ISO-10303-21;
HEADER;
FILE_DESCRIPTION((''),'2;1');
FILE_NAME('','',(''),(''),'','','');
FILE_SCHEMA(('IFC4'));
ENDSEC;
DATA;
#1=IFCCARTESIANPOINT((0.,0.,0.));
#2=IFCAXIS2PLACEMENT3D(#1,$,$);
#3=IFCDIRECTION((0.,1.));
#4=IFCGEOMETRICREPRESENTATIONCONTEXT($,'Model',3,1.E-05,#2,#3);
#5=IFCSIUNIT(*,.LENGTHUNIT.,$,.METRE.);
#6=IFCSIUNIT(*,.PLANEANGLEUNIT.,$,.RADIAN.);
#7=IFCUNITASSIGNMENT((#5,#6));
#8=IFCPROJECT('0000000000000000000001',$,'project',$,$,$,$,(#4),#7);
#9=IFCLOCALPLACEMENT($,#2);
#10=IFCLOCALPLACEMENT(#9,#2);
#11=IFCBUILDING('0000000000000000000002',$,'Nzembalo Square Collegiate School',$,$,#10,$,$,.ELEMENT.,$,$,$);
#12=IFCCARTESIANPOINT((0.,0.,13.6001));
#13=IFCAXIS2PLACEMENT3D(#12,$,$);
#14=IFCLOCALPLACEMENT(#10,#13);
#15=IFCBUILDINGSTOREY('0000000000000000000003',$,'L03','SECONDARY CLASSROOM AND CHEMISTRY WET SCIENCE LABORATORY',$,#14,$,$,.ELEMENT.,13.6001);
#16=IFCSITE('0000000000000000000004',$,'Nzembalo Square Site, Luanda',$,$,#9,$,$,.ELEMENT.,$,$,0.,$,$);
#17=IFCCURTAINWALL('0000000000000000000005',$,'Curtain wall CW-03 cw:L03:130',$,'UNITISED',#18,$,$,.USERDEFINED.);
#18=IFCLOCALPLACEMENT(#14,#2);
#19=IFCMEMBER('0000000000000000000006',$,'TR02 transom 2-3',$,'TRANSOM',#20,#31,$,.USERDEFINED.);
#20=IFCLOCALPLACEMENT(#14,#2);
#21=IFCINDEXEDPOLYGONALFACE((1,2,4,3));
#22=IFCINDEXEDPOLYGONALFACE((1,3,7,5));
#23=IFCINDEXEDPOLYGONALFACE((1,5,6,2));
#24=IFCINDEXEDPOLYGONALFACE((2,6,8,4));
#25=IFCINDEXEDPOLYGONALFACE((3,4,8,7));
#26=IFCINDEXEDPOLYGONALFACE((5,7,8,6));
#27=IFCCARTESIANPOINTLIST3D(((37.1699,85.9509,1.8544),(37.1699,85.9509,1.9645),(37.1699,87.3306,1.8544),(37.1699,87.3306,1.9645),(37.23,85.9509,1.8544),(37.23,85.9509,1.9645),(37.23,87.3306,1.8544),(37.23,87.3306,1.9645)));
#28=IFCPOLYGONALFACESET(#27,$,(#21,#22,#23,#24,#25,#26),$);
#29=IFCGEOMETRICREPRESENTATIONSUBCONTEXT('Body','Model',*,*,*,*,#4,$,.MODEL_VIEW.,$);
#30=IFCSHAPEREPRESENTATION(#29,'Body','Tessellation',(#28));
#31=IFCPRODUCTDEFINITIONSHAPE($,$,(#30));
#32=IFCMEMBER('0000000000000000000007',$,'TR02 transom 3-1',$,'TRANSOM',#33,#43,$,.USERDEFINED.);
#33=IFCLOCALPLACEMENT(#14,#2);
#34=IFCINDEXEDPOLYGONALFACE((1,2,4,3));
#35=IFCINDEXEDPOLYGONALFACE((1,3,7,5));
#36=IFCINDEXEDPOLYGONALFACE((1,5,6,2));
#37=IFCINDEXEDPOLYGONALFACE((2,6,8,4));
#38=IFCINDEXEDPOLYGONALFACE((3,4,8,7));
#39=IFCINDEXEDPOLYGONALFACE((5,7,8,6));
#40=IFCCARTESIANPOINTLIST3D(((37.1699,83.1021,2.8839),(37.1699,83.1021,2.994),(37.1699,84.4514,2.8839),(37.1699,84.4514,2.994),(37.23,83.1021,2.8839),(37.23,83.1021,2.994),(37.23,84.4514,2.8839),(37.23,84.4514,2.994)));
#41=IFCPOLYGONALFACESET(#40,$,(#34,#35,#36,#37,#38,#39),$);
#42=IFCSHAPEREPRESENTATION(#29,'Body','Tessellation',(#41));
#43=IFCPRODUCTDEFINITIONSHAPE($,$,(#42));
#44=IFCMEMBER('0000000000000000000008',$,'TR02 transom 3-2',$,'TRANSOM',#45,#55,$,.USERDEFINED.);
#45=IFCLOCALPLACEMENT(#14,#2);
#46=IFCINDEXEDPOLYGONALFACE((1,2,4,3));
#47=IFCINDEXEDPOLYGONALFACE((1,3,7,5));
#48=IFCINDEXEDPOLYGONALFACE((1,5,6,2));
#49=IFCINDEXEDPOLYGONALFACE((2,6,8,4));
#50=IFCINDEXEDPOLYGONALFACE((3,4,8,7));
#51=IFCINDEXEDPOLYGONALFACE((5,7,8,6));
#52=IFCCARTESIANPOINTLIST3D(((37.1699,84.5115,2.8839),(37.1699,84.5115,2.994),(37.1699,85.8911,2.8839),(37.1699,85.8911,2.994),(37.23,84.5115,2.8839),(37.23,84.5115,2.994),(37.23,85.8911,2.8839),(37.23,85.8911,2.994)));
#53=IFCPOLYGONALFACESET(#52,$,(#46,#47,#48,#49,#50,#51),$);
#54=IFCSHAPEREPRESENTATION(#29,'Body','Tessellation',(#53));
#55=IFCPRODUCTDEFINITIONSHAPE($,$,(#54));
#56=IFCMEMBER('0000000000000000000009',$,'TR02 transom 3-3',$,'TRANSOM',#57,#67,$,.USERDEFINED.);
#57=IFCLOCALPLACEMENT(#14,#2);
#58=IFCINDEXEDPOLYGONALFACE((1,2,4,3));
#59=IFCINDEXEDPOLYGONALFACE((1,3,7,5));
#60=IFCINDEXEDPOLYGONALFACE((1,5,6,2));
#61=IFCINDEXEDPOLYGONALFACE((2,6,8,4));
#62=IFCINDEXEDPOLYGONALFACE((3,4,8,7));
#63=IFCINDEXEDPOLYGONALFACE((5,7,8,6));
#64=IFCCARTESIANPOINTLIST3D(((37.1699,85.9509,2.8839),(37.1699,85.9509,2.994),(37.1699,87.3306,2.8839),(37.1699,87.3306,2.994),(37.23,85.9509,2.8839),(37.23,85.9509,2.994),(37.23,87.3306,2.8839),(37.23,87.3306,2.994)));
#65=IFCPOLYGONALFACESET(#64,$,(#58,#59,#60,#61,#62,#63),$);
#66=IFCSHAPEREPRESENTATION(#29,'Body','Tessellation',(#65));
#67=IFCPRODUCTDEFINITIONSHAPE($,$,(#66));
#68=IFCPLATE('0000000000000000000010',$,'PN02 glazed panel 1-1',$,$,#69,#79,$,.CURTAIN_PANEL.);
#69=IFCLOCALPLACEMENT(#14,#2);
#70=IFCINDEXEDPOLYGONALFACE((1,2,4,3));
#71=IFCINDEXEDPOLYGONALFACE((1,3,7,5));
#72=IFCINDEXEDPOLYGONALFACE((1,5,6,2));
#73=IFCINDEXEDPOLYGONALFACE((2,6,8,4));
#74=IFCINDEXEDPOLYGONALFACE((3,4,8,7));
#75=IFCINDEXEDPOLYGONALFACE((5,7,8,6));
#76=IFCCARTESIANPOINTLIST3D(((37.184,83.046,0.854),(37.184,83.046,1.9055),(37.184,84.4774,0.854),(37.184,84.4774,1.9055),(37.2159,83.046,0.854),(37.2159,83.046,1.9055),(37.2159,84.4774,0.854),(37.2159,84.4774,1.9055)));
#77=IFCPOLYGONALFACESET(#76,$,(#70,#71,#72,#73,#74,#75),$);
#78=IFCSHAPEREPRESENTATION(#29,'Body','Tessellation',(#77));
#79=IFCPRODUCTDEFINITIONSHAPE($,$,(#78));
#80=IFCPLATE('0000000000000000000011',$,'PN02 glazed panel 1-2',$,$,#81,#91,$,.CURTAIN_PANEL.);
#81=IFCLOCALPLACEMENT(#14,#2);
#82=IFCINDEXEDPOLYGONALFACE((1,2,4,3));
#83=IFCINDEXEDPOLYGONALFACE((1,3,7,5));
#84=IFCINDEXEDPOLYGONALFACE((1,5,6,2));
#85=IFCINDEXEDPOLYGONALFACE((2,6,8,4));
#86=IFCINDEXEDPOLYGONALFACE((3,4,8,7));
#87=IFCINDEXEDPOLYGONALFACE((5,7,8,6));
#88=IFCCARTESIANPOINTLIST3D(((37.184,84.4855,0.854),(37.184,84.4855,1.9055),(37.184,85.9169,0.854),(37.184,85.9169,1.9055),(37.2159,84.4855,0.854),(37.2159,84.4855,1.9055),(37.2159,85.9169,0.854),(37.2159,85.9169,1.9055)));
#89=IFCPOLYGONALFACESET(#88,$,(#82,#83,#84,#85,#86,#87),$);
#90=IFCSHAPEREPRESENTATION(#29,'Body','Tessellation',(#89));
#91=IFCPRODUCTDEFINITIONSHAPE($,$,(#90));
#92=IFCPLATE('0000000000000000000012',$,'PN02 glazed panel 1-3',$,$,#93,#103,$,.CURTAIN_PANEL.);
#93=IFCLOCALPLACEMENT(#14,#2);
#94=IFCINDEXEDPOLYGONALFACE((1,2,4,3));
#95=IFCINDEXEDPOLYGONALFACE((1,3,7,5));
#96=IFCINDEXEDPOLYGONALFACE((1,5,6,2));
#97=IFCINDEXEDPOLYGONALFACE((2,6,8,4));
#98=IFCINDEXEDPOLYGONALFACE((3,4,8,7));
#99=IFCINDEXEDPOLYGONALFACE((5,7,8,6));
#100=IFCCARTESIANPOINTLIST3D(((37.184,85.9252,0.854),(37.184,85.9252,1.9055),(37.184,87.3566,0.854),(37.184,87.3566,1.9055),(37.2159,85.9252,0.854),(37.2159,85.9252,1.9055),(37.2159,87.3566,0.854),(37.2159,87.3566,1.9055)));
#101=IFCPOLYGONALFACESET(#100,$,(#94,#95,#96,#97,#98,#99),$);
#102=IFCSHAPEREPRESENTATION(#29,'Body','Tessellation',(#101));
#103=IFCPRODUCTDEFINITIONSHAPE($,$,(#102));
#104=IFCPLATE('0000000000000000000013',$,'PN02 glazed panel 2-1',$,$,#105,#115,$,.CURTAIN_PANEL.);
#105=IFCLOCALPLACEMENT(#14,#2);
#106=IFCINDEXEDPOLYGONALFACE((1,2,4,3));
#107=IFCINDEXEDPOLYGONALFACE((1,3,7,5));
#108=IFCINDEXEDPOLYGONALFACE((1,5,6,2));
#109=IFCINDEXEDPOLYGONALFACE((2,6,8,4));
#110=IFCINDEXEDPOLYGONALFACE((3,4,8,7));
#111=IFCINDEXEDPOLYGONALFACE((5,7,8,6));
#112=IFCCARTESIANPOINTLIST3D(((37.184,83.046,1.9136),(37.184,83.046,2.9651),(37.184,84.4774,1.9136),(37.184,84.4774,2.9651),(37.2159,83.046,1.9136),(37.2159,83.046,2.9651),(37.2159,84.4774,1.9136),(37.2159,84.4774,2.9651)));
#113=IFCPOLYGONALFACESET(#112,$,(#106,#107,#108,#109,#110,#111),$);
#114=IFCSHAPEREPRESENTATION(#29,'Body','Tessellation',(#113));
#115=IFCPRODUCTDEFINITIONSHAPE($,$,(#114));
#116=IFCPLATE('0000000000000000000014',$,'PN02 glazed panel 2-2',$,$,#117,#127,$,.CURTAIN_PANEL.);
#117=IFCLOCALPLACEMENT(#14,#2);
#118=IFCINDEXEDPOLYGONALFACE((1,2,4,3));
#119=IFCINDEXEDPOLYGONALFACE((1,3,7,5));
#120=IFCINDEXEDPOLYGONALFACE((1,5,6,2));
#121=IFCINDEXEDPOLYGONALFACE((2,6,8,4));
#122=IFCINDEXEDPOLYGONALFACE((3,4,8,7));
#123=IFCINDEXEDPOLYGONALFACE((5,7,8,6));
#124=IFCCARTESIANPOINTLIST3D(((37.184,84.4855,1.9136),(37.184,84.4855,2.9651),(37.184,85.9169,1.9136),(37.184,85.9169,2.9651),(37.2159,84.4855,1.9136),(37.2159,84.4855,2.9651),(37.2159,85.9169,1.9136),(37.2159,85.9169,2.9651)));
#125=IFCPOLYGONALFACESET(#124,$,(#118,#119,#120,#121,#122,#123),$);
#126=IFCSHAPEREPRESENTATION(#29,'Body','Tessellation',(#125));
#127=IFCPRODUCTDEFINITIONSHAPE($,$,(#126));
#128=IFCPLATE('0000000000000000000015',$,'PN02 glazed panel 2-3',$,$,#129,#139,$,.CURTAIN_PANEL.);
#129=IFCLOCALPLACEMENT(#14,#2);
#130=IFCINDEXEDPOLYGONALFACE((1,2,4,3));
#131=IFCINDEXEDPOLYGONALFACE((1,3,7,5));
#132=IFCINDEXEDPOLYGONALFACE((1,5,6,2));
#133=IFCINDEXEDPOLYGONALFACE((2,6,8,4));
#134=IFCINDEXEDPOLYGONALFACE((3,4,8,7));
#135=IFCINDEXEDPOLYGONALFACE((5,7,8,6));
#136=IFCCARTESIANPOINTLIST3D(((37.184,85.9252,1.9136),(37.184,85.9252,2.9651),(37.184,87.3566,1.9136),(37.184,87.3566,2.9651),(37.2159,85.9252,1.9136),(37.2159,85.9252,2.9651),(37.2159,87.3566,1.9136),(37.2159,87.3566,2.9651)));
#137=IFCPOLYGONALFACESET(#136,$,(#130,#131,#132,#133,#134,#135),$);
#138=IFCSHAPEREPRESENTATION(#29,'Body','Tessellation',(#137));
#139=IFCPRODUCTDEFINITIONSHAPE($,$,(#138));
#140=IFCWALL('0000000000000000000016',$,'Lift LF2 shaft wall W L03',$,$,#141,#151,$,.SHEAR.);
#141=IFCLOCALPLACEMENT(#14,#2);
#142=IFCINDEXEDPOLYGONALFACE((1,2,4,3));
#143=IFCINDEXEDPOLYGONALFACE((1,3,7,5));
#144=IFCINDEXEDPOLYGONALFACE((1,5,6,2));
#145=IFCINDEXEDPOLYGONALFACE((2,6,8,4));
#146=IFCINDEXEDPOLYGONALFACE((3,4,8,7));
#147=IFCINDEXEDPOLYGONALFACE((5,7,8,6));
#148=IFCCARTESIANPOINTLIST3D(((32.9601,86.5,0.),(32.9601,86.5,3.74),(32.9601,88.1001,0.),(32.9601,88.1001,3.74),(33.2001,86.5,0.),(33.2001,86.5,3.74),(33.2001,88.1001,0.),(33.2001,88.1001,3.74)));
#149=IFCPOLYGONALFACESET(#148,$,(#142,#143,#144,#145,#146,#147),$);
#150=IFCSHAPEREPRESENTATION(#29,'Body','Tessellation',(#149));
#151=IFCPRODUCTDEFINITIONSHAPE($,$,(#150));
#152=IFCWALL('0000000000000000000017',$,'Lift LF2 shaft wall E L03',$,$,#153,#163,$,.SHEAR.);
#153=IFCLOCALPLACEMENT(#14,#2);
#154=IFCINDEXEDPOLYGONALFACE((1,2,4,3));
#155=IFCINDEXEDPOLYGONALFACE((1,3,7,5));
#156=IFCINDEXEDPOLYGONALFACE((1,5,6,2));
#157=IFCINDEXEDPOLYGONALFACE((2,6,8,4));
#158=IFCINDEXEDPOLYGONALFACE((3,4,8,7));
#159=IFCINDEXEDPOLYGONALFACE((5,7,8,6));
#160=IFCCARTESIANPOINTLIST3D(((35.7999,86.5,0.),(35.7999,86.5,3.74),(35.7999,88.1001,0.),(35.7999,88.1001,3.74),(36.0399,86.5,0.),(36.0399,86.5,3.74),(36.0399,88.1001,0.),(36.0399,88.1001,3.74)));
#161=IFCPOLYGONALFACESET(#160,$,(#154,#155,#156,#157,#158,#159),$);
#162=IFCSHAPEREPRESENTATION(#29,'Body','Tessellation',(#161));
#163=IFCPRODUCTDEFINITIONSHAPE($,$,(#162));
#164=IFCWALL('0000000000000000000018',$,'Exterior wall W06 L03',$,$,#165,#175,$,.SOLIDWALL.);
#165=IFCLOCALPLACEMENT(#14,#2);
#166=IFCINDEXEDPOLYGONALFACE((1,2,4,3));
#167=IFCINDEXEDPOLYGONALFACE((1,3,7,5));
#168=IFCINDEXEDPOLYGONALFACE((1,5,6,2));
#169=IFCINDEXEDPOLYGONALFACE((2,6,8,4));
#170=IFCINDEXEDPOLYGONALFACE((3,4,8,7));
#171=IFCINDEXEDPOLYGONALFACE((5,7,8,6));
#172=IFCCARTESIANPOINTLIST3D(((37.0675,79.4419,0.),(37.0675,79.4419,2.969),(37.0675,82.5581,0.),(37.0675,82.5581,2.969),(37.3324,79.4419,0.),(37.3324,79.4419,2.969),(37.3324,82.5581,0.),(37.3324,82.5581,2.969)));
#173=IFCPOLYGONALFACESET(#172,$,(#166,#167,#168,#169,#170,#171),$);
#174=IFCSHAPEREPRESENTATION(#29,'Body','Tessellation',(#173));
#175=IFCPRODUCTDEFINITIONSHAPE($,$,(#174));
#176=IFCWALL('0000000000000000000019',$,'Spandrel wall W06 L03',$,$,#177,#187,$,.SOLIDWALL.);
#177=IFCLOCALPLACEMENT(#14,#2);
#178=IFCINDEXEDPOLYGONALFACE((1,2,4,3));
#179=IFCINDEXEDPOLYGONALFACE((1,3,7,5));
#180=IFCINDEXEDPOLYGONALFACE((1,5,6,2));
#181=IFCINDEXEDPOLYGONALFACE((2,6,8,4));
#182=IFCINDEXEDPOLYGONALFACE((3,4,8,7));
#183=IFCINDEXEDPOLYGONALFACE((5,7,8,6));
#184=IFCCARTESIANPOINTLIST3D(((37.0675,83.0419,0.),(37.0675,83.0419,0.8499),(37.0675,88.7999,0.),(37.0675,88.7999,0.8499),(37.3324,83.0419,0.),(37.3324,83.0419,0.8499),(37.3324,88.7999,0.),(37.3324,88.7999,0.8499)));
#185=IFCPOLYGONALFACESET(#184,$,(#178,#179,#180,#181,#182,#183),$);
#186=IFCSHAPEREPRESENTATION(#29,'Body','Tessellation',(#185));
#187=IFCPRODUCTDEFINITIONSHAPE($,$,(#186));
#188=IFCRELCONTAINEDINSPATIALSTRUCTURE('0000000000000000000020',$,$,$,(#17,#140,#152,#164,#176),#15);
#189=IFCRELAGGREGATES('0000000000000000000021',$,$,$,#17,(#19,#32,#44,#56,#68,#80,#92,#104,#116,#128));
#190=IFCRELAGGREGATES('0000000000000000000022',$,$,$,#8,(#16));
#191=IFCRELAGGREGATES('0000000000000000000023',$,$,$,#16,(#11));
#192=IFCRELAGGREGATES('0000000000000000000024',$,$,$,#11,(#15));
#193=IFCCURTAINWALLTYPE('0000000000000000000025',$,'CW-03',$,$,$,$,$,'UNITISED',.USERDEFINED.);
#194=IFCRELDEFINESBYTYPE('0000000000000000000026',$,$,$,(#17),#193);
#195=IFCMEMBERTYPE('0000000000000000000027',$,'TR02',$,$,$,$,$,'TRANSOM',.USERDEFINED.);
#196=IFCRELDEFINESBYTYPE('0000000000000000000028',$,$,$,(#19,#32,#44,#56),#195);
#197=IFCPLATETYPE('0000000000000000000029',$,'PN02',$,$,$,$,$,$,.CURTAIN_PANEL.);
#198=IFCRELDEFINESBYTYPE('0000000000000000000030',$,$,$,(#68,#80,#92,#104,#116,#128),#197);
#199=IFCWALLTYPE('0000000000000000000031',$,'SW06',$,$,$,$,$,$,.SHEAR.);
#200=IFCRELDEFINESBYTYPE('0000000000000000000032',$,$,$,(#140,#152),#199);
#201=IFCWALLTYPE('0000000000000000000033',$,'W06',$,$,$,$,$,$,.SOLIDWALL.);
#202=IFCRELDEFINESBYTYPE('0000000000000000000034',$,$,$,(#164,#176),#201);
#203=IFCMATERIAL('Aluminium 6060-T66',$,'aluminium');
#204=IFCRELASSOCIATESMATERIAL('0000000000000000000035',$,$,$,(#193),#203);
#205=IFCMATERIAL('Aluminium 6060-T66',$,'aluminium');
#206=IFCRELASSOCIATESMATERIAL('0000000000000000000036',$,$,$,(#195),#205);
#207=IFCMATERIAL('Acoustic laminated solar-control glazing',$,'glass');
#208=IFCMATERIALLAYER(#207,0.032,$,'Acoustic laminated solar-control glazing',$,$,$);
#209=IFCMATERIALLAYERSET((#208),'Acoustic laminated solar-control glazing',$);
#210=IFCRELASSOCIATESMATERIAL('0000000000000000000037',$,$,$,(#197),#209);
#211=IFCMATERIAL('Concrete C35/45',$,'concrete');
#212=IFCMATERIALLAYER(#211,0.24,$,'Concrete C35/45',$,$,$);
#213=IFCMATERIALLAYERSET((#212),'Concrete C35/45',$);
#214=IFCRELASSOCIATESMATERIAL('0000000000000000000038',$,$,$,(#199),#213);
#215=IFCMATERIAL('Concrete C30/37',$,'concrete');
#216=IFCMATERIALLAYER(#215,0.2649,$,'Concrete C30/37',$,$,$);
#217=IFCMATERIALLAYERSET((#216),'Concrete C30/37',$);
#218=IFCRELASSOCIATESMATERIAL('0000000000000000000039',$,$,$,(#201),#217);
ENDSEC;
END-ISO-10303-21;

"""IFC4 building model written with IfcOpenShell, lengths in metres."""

from ifc_helpers import new_model, si_unit, direction, frame, frame_2d, origin, origin_2d, place, context, subcontext, project, spatial, rectangle, extrude, material, layer, layer_set, material_profile, profile_set, type_object, element, aggregate, save


model = new_model("IFC4")

# Units and contexts
model_context = context("Model", 3, precision=1e-05, world=origin(), true_north=direction((0.0, 1.0)))
body_context = subcontext(model_context, "Body", "Model", "MODEL_VIEW")
ifc_project = project(units=[si_unit("LENGTHUNIT", "METRE"), si_unit("PLANEANGLEUNIT", "RADIAN")], contexts=[model_context])

# Site, building, storey
site_placement = place(None, origin())
site = spatial("IfcSite", under=ifc_project, at=site_placement, Name="Nzembalo Square Site, Luanda", CompositionType="ELEMENT", RefElevation=0.0)
building_placement = place(site_placement, origin())
building = spatial("IfcBuilding", under=site, at=building_placement, Name="Nzembalo Square Collegiate School", CompositionType="ELEMENT")
storey_placement = place(building_placement, frame((0.0, 0.0, 13.6001)))
storey = spatial("IfcBuildingStorey", under=building, at=storey_placement, Name="L03", Description="SECONDARY CLASSROOM AND CHEMISTRY WET SCIENCE LABORATORY", CompositionType="ELEMENT", Elevation=13.6001)

# Curtain wall, members, plates
ifc_material_1 = material(Name="Aluminium 6060-T66", Category="aluminium")
curtain_wall_type = type_object("IfcCurtainWallType", Name="CW-03", ElementType="UNITISED", PredefinedType="USERDEFINED", material=ifc_material_1)
curtain_wall_placement = place(storey_placement, origin())
curtain_wall = element("IfcCurtainWall", 1, at=curtain_wall_placement, inside=storey, type_object=curtain_wall_type, Name="Curtain wall CW-03 cw:L03:130", ObjectType="UNITISED", PredefinedType="USERDEFINED")
ifc_material_2 = material(Name="Aluminium 6060-T66", Category="aluminium")
ifc_material_profile_1 = material_profile(ifc_material_2, rectangle(XDim=0.0601, YDim=0.1101, at=origin_2d()), Name="ALU T60x110")
ifc_profile_set_1 = profile_set([ifc_material_profile_1], Name="Aluminium 6060-T66")
member_type_1 = type_object("IfcMemberType", Name="TR02", ElementType="TRANSOM", PredefinedType="USERDEFINED", material=ifc_profile_set_1)
member_1_placement = place(storey_placement, frame((37.2, 85.9509, 1.9094), z_axis=(0.0, 1.0, 0.0), x_axis=(-1.0, 0.0, 0.0)))
member_1 = element("IfcMember", 2, at=member_1_placement, type_object=member_type_1, Name="TR02 transom 2-3", ObjectType="TRANSOM", PredefinedType="USERDEFINED", context=body_context, shape_type="SweptSolid", body=[
    extrude(rectangle(XDim=0.0601, YDim=0.1101, at=origin_2d()), origin(), (0.0, 0.0, 1.0), 1.3796),
])
member_2_placement = place(storey_placement, frame((37.2, 83.1021, 2.939), z_axis=(0.0, 1.0, 0.0), x_axis=(-1.0, 0.0, 0.0)))
member_2 = element("IfcMember", 3, at=member_2_placement, type_object=member_type_1, Name="TR02 transom 3-1", ObjectType="TRANSOM", PredefinedType="USERDEFINED", context=body_context, shape_type="SweptSolid", body=[
    extrude(rectangle(XDim=0.0601, YDim=0.1101, at=origin_2d()), origin(), (0.0, 0.0, 1.0), 1.3494),
])
member_3_placement = place(storey_placement, frame((37.2, 84.5115, 2.939), z_axis=(0.0, 1.0, 0.0), x_axis=(-1.0, 0.0, 0.0)))
member_3 = element("IfcMember", 4, at=member_3_placement, type_object=member_type_1, Name="TR02 transom 3-2", ObjectType="TRANSOM", PredefinedType="USERDEFINED", context=body_context, shape_type="SweptSolid", body=[
    extrude(rectangle(XDim=0.0601, YDim=0.1101, at=origin_2d()), origin(), (0.0, 0.0, 1.0), 1.3796),
])
member_4_placement = place(storey_placement, frame((37.2, 85.9509, 2.939), z_axis=(0.0, 1.0, 0.0), x_axis=(-1.0, 0.0, 0.0)))
member_4 = element("IfcMember", 5, at=member_4_placement, type_object=member_type_1, Name="TR02 transom 3-3", ObjectType="TRANSOM", PredefinedType="USERDEFINED", context=body_context, shape_type="SweptSolid", body=[
    extrude(rectangle(XDim=0.0601, YDim=0.1101, at=origin_2d()), origin(), (0.0, 0.0, 1.0), 1.3796),
])
ifc_material_3 = material(Name="Acoustic laminated solar-control glazing", Category="glass")
ifc_layer_1 = layer(ifc_material_3, 0.032, Name="Acoustic laminated solar-control glazing")
ifc_layer_set_1 = layer_set([ifc_layer_1], Name="Acoustic laminated solar-control glazing")
plate_type = type_object("IfcPlateType", Name="PN02", PredefinedType="CURTAIN_PANEL", material=ifc_layer_set_1)
plate_1_placement = place(storey_placement, frame((37.2, 83.7617, 0.854), z_axis=(0.0, 0.0, 1.0), x_axis=(0.0, 1.0, 0.0)))
plate_1 = element("IfcPlate", 6, at=plate_1_placement, type_object=plate_type, Name="PN02 glazed panel 1-1", PredefinedType="CURTAIN_PANEL", context=body_context, shape_type="SweptSolid", body=[
    extrude(rectangle(XDim=1.4314, YDim=0.032, at=origin_2d()), origin(), (0.0, 0.0, 1.0), 1.0515),
])
plate_2_placement = place(storey_placement, frame((37.2, 85.2012, 0.854), z_axis=(0.0, 0.0, 1.0), x_axis=(0.0, 1.0, 0.0)))
plate_2 = element("IfcPlate", 7, at=plate_2_placement, type_object=plate_type, Name="PN02 glazed panel 1-2", PredefinedType="CURTAIN_PANEL", context=body_context, shape_type="SweptSolid", body=[
    extrude(rectangle(XDim=1.4314, YDim=0.032, at=origin_2d()), origin(), (0.0, 0.0, 1.0), 1.0515),
])
plate_3_placement = place(storey_placement, frame((37.2, 86.6409, 0.854), z_axis=(0.0, 0.0, 1.0), x_axis=(0.0, 1.0, 0.0)))
plate_3 = element("IfcPlate", 8, at=plate_3_placement, type_object=plate_type, Name="PN02 glazed panel 1-3", PredefinedType="CURTAIN_PANEL", context=body_context, shape_type="SweptSolid", body=[
    extrude(rectangle(XDim=1.4314, YDim=0.032, at=origin_2d()), origin(), (0.0, 0.0, 1.0), 1.0515),
])
plate_4_placement = place(storey_placement, frame((37.2, 83.7617, 1.9136), z_axis=(0.0, 0.0, 1.0), x_axis=(0.0, 1.0, 0.0)))
plate_4 = element("IfcPlate", 9, at=plate_4_placement, type_object=plate_type, Name="PN02 glazed panel 2-1", PredefinedType="CURTAIN_PANEL", context=body_context, shape_type="SweptSolid", body=[
    extrude(rectangle(XDim=1.4314, YDim=0.032, at=origin_2d()), origin(), (0.0, 0.0, 1.0), 1.0515),
])
plate_5_placement = place(storey_placement, frame((37.2, 85.2012, 1.9136), z_axis=(0.0, 0.0, 1.0), x_axis=(0.0, 1.0, 0.0)))
plate_5 = element("IfcPlate", 10, at=plate_5_placement, type_object=plate_type, Name="PN02 glazed panel 2-2", PredefinedType="CURTAIN_PANEL", context=body_context, shape_type="SweptSolid", body=[
    extrude(rectangle(XDim=1.4314, YDim=0.032, at=origin_2d()), origin(), (0.0, 0.0, 1.0), 1.0515),
])
plate_6_placement = place(storey_placement, frame((37.2, 86.6409, 1.9136), z_axis=(0.0, 0.0, 1.0), x_axis=(0.0, 1.0, 0.0)))
plate_6 = element("IfcPlate", 11, at=plate_6_placement, type_object=plate_type, Name="PN02 glazed panel 2-3", PredefinedType="CURTAIN_PANEL", context=body_context, shape_type="SweptSolid", body=[
    extrude(rectangle(XDim=1.4314, YDim=0.032, at=origin_2d()), origin(), (0.0, 0.0, 1.0), 1.0515),
])
aggregate(curtain_wall, [member_1, member_2, member_3, member_4, plate_1, plate_2, plate_3, plate_4, plate_5, plate_6])

# Walls
ifc_material_4 = material(Name="Concrete C35/45", Category="concrete")
ifc_layer_2 = layer(ifc_material_4, 0.24, Name="Concrete C35/45")
ifc_layer_set_2 = layer_set([ifc_layer_2], Name="Concrete C35/45")
wall_type_1 = type_object("IfcWallType", Name="SW06", PredefinedType="SHEAR", material=ifc_layer_set_2)
for number, where, z_axis, x_axis, name in (
    (12, (33.0801, 86.5, 0.0), (0.0, 0.0, 1.0), (0.0, 1.0, 0.0), "Lift LF2 shaft wall W L03"),
    (13, (35.9199, 86.5, 0.0), (0.0, 0.0, 1.0), (0.0, 1.0, 0.0), "Lift LF2 shaft wall E L03"),
):
    element("IfcWall", number, at=place(storey_placement, frame(where, z_axis=z_axis, x_axis=x_axis)), inside=storey, type_object=wall_type_1, Name=name, PredefinedType="SHEAR", context=body_context, shape_type="SweptSolid", body=[
        extrude(rectangle(XDim=1.6001, YDim=0.24, at=frame_2d((0.8, 0.0))), origin(), (0.0, 0.0, 1.0), 3.74),
    ])

# Walls
ifc_material_5 = material(Name="Concrete C30/37", Category="concrete")
ifc_layer_3 = layer(ifc_material_5, 0.2649, Name="Concrete C30/37")
ifc_layer_set_3 = layer_set([ifc_layer_3], Name="Concrete C30/37")
wall_type_2 = type_object("IfcWallType", Name="W06", PredefinedType="SOLIDWALL", material=ifc_layer_set_3)
wall_1_placement = place(storey_placement, frame((37.2, 79.4419, 0.0), z_axis=(0.0, 0.0, 1.0), x_axis=(0.0, 1.0, 0.0)))
element("IfcWall", 14, at=wall_1_placement, inside=storey, type_object=wall_type_2, Name="Exterior wall W06 L03", PredefinedType="SOLIDWALL", context=body_context, shape_type="SweptSolid", body=[
    extrude(rectangle(XDim=3.1162, YDim=0.2649, at=frame_2d((1.5581, 0.0))), origin(), (0.0, 0.0, 1.0), 2.969),
])
wall_2_placement = place(storey_placement, frame((37.2, 83.042, 0.0), z_axis=(0.0, 0.0, 1.0), x_axis=(0.0, 1.0, 0.0)))
element("IfcWall", 15, at=wall_2_placement, inside=storey, type_object=wall_type_2, Name="Spandrel wall W06 L03", PredefinedType="SOLIDWALL", context=body_context, shape_type="SweptSolid", body=[
    extrude(rectangle(XDim=5.7581, YDim=0.2649, at=frame_2d((2.8789, 0.0))), origin(), (0.0, 0.0, 1.0), 0.8499),
])

save(model, "model.ifc")
